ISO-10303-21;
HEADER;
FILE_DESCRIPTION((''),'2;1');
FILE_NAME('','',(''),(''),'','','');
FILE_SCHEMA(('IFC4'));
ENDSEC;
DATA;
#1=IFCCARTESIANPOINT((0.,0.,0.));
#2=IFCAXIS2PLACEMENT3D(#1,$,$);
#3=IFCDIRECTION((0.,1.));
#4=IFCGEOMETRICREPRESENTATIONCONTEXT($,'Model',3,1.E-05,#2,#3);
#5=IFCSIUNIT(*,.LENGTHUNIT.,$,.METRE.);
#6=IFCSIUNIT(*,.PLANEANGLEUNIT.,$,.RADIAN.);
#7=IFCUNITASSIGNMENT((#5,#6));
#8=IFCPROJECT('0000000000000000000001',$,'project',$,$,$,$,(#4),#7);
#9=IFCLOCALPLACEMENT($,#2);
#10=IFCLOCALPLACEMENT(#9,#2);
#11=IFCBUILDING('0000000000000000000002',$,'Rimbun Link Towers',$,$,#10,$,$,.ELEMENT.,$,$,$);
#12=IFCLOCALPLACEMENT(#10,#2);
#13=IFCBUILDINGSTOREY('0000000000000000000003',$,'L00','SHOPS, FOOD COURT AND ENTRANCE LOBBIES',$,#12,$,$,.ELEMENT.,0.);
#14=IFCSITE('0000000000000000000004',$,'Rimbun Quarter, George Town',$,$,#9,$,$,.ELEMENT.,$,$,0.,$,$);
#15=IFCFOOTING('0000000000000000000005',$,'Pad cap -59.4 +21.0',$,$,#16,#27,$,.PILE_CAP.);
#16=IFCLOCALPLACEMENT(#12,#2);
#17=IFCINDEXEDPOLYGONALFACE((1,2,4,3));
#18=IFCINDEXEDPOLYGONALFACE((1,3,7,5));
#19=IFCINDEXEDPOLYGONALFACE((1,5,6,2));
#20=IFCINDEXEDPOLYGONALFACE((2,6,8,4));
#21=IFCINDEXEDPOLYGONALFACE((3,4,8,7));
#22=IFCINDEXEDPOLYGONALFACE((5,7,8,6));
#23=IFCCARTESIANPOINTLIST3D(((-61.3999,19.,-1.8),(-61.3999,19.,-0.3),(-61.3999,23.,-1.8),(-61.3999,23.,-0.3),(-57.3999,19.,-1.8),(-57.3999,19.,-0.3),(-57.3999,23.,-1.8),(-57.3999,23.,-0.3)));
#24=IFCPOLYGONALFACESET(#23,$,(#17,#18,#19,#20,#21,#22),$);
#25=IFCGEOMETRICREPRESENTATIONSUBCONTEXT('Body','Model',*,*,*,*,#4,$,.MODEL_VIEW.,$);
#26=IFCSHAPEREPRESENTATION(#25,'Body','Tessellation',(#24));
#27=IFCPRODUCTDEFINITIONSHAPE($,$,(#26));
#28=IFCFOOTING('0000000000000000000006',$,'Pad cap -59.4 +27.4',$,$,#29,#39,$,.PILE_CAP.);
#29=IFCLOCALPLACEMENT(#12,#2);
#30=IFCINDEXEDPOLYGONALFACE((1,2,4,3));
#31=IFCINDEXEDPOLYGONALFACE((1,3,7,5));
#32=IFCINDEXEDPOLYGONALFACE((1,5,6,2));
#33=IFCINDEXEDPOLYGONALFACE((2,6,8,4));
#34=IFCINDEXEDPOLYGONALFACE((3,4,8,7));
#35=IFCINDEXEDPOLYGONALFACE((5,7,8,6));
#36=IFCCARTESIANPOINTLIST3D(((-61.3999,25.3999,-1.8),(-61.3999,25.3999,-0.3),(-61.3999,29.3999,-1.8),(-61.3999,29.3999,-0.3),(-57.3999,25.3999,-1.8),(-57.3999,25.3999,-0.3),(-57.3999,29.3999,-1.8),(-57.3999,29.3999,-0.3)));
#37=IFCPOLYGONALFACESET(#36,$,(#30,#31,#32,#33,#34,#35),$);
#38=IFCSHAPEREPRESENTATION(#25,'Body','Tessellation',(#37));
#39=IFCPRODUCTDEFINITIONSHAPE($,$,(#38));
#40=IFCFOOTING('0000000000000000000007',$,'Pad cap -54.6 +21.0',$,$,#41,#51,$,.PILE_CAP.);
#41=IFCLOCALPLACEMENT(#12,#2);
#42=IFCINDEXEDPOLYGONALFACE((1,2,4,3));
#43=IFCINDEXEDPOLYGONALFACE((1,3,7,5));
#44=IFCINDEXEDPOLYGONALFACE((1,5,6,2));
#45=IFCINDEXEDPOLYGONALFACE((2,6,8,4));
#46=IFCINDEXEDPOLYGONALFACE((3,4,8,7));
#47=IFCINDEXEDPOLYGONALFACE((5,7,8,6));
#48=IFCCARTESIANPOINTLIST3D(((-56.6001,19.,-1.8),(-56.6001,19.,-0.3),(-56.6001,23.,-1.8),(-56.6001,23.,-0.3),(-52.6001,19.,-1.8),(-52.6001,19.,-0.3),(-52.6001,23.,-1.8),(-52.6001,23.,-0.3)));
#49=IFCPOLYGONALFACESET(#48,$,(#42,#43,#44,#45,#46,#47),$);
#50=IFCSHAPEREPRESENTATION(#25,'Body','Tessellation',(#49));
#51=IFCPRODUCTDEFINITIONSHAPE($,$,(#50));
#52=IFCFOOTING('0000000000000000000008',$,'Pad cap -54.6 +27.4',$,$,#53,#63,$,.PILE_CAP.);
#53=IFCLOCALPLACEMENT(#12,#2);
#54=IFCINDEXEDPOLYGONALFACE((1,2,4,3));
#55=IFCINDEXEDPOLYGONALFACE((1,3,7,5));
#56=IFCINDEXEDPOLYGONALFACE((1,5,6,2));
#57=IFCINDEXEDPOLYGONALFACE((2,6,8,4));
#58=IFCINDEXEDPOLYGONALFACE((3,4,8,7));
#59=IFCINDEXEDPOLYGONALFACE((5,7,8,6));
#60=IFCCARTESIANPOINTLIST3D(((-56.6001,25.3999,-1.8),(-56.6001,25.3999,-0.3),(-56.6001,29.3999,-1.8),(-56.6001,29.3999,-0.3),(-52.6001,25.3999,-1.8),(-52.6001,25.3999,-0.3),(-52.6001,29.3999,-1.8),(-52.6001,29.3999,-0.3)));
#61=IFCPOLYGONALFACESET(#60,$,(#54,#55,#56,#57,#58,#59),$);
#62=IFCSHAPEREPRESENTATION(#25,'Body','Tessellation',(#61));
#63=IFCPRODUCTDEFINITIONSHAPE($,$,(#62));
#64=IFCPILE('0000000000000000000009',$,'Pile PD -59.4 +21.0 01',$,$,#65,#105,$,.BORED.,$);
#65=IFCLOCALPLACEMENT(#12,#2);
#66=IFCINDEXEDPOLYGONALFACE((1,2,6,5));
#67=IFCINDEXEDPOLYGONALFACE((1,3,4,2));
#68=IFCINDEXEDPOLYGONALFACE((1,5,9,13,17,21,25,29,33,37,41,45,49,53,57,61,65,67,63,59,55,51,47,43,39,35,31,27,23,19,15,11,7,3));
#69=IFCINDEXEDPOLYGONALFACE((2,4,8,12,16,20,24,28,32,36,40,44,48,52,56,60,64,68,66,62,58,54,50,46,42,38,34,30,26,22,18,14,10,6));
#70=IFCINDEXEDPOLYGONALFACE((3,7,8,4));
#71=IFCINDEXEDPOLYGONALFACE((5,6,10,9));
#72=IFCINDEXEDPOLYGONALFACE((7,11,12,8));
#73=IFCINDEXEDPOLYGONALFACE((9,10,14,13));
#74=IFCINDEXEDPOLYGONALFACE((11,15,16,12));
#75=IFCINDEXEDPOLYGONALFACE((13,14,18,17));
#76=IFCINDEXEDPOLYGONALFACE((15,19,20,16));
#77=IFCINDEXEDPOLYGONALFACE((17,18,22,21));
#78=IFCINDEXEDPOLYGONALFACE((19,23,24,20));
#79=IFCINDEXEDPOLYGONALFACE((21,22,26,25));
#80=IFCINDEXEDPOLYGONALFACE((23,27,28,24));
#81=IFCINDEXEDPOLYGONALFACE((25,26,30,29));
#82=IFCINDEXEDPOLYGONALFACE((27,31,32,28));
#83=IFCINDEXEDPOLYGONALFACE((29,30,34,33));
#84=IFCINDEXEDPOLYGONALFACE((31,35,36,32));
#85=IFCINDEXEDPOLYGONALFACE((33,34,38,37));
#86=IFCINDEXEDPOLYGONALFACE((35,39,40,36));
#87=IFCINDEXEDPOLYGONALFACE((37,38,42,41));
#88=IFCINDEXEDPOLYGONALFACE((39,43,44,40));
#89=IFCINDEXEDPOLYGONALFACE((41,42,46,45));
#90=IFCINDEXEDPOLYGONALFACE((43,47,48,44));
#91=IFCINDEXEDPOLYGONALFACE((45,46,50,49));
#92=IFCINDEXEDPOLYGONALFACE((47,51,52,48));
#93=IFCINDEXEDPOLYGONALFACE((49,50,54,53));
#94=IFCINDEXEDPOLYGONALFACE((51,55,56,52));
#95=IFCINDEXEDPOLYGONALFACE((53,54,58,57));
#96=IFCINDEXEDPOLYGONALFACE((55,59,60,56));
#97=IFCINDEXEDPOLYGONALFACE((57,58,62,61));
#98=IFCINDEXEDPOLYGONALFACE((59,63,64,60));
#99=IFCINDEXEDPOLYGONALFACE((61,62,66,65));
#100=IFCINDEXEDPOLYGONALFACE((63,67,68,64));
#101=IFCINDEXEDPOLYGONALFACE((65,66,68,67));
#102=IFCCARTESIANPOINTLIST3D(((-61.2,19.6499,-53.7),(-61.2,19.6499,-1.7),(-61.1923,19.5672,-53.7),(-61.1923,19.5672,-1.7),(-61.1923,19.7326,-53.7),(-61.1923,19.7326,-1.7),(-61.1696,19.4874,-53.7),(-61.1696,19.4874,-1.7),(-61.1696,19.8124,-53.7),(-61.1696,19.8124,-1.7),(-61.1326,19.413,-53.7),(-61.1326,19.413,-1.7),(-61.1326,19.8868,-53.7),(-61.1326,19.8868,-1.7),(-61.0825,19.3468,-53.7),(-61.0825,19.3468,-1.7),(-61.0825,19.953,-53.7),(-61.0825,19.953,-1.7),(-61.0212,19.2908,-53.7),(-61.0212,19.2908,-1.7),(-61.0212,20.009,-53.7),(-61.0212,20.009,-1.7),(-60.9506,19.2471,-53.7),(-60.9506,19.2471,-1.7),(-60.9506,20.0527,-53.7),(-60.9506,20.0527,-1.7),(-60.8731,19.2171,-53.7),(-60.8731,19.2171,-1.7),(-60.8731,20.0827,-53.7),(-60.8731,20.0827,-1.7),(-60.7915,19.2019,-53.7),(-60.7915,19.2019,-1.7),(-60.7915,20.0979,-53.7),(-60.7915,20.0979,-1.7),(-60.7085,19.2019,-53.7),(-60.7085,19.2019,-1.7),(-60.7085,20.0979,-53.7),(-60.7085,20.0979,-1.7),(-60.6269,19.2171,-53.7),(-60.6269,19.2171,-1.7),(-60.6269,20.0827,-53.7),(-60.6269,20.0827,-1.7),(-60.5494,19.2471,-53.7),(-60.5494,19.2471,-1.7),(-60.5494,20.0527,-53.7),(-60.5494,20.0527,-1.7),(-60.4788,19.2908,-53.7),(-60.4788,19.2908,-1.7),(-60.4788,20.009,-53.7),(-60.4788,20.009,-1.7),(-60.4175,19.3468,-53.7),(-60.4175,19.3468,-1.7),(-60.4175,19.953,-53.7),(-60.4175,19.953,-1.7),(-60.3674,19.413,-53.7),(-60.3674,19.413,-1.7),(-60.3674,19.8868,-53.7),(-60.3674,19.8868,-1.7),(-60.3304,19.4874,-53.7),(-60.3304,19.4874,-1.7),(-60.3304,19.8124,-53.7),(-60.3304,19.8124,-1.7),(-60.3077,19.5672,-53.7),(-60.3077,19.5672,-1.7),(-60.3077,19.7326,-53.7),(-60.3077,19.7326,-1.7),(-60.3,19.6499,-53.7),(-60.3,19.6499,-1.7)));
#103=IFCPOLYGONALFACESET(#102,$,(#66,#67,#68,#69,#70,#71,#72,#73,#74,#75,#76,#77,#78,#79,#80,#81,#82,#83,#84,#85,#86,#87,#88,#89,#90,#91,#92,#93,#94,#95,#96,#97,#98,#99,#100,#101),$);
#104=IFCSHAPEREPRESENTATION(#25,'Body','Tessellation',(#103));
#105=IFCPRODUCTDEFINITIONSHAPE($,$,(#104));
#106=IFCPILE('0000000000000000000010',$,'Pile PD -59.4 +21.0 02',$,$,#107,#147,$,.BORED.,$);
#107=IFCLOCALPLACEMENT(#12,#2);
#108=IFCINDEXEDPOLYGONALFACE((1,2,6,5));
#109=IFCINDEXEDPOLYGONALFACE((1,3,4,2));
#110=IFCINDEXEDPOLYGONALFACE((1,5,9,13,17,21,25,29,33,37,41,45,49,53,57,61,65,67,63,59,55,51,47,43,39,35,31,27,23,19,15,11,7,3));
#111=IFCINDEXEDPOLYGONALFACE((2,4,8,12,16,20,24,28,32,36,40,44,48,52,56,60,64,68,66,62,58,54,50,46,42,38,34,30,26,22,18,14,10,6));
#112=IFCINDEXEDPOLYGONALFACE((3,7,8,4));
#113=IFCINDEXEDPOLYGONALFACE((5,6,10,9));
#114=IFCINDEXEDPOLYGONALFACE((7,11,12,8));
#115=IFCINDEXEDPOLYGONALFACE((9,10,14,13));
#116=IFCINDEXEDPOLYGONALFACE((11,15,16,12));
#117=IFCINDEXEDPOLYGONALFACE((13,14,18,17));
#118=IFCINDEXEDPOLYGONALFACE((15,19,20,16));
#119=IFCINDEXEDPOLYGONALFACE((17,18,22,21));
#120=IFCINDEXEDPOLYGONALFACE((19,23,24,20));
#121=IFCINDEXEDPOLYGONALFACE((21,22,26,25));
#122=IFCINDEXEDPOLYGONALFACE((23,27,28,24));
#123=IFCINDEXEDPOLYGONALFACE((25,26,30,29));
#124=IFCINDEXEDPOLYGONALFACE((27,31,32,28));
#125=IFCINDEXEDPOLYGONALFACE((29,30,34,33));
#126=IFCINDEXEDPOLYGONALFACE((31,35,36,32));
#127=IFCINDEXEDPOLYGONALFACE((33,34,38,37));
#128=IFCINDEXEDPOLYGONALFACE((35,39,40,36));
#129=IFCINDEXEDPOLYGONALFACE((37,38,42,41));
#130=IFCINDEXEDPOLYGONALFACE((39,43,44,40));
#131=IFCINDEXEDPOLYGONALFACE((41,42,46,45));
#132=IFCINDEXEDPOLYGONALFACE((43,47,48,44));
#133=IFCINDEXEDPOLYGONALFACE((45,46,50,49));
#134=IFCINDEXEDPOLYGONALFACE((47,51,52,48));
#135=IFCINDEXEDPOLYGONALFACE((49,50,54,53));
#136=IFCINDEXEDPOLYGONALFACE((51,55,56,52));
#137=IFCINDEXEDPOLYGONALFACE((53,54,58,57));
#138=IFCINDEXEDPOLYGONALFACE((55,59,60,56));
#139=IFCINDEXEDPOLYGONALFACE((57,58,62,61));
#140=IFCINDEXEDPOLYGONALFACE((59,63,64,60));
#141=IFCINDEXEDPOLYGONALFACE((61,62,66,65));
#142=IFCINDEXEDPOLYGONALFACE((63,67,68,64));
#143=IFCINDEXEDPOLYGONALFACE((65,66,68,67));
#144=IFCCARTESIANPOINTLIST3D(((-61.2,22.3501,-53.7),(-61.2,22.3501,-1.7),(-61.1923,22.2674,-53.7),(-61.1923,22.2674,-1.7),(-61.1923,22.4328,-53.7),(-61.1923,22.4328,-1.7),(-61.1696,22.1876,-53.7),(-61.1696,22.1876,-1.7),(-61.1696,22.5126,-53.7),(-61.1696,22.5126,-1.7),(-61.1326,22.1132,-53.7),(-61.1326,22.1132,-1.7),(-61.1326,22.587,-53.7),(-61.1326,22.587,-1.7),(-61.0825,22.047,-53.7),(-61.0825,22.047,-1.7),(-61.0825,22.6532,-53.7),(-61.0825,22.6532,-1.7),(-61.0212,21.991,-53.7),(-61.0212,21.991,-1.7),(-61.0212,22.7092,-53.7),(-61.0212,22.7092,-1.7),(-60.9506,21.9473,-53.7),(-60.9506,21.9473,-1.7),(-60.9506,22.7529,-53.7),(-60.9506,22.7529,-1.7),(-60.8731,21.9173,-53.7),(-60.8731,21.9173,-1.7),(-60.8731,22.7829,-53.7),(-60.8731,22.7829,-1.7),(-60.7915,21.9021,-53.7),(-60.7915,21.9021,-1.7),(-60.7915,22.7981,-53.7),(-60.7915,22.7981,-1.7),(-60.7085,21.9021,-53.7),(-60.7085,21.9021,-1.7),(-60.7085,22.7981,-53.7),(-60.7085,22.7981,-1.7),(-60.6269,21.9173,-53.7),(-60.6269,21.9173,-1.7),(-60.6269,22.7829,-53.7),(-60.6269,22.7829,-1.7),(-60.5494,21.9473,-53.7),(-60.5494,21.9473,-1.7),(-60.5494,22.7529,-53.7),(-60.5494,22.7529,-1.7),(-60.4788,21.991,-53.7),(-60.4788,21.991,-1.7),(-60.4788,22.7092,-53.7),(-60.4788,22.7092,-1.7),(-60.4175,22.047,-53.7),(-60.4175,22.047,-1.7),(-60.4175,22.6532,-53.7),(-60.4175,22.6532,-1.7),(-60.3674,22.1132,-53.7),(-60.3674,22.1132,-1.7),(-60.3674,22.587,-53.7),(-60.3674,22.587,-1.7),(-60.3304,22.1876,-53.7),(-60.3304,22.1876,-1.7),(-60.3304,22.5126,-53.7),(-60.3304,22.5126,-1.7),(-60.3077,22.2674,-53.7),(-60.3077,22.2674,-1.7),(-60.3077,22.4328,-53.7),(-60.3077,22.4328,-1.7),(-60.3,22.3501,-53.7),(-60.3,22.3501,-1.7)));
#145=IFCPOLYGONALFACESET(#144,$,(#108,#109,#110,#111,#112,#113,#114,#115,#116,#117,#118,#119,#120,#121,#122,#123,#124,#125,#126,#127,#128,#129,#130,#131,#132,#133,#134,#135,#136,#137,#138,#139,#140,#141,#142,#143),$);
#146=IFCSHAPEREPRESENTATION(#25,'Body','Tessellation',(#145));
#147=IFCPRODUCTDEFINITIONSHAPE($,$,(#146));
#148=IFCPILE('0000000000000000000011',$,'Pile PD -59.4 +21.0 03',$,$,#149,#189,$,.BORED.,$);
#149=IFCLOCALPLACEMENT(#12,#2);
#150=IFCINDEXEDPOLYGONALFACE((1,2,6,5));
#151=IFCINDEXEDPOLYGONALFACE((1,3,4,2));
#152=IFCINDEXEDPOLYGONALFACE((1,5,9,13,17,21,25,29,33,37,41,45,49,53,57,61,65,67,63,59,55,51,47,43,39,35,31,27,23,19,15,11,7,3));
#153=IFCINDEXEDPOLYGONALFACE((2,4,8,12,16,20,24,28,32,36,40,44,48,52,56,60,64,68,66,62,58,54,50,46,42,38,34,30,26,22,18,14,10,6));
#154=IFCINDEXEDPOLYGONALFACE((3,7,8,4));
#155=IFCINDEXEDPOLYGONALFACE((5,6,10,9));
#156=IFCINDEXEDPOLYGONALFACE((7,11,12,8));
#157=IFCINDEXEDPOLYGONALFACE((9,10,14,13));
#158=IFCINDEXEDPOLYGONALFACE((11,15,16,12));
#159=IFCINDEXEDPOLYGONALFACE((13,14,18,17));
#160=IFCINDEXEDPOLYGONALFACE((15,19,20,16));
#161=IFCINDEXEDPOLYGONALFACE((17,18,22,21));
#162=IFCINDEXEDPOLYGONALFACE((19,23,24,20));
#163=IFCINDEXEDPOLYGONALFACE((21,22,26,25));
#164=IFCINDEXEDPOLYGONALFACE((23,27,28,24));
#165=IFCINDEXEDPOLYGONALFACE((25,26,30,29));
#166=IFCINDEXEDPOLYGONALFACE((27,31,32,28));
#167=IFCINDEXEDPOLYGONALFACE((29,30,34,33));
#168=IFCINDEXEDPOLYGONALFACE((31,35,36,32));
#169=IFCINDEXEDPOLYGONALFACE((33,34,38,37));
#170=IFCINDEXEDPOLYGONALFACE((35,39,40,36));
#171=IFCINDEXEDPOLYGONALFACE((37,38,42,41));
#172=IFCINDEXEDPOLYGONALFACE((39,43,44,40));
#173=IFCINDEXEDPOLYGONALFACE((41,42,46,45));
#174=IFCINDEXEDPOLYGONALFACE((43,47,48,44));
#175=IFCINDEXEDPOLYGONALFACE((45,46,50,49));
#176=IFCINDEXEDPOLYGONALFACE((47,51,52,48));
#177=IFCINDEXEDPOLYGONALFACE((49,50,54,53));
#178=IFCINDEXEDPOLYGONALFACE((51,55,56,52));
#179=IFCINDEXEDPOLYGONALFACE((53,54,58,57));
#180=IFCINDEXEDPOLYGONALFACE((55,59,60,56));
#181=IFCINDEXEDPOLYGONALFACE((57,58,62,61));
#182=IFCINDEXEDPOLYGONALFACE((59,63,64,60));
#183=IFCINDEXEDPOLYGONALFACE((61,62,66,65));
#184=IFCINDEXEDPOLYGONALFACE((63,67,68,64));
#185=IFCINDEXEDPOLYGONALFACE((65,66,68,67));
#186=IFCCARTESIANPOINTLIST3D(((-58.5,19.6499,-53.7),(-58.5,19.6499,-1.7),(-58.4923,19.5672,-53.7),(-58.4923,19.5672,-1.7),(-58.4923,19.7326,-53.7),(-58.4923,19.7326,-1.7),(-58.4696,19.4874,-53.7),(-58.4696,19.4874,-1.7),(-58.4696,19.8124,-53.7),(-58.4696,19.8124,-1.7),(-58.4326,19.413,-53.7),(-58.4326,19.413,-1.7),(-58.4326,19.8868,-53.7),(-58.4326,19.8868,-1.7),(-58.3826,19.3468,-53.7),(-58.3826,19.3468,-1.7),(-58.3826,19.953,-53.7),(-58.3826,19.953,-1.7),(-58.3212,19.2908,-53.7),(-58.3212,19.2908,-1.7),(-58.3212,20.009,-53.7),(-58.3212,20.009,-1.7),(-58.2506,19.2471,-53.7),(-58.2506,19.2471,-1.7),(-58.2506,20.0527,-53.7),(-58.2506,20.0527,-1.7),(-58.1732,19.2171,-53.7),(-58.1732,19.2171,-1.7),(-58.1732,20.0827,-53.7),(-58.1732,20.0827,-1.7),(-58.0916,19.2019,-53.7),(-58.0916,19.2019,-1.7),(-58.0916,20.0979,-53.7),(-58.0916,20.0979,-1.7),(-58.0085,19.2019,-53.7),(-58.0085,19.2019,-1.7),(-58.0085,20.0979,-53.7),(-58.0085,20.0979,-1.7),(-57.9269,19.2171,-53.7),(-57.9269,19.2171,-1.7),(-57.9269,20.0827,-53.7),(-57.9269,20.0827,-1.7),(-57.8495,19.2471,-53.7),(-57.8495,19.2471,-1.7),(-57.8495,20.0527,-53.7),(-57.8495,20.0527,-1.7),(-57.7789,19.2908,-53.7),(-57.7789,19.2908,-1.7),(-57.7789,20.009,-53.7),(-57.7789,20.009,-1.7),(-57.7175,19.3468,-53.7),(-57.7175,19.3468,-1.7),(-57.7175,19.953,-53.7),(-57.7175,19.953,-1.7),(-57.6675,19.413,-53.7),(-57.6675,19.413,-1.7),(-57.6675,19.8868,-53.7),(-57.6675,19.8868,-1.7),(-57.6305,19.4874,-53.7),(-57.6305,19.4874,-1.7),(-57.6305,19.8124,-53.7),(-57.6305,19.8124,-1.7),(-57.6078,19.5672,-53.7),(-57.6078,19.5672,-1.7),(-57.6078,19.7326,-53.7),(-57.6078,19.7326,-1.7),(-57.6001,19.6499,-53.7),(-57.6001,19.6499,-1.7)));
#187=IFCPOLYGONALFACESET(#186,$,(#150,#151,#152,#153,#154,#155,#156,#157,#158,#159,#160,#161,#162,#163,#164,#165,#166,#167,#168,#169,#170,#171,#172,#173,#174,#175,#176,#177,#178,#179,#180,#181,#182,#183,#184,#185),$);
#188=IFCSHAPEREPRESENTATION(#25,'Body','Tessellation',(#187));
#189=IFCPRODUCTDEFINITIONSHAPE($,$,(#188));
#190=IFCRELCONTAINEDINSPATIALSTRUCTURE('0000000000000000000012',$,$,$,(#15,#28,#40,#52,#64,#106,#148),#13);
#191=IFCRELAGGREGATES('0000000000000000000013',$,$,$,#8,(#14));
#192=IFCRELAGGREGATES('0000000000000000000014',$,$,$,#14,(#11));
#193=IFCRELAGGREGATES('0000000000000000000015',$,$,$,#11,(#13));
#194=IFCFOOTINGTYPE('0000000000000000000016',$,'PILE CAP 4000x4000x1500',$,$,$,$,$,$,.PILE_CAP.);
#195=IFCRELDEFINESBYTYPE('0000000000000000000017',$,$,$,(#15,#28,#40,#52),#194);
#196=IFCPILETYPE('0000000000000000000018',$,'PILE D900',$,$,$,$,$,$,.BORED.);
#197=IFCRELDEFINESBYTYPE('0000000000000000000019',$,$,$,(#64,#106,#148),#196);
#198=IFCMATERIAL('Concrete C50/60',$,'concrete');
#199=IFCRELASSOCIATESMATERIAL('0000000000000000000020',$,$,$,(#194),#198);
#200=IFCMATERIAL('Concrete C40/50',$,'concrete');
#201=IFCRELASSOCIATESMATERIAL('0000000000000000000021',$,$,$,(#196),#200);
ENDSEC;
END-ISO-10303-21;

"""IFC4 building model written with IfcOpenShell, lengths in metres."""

from ifc_helpers import new_model, si_unit, direction, frame, origin, origin_2d, place, context, subcontext, project, spatial, rectangle, circle, extrude, material, material_profile, profile_set, type_object, element, save


model = new_model("IFC4")

# Units and contexts
model_context = context("Model", 3, precision=1e-05, world=origin(), true_north=direction((0.0, 1.0)))
body_context = subcontext(model_context, "Body", "Model", "MODEL_VIEW")
ifc_project = project(units=[si_unit("LENGTHUNIT", "METRE"), si_unit("PLANEANGLEUNIT", "RADIAN")], contexts=[model_context])

# Site, building, storey
site_placement = place(None, origin())
site = spatial("IfcSite", under=ifc_project, at=site_placement, Name="Rimbun Quarter, George Town", CompositionType="ELEMENT", RefElevation=0.0)
building_placement = place(site_placement, origin())
building = spatial("IfcBuilding", under=site, at=building_placement, Name="Rimbun Link Towers", CompositionType="ELEMENT")
storey_placement = place(building_placement, origin())
storey = spatial("IfcBuildingStorey", under=building, at=storey_placement, Name="L00", Description="SHOPS, FOOD COURT AND ENTRANCE LOBBIES", CompositionType="ELEMENT", Elevation=0.0)

# Footings
ifc_material_1 = material(Name="Concrete C50/60", Category="concrete")
footing_type = type_object("IfcFootingType", Name="PILE CAP 4000x4000x1500", PredefinedType="PILE_CAP", material=ifc_material_1)
for number, where, z_axis, x_axis, name in (
    (1, (-59.3999, 21.0, -1.8), (0.0, 0.0, 1.0), (1.0, 0.0, 0.0), "Pad cap -59.4 +21.0"),
    (2, (-59.3999, 27.3999, -1.8), (0.0, 0.0, 1.0), (1.0, 0.0, 0.0), "Pad cap -59.4 +27.4"),
    (3, (-54.6001, 21.0, -1.8), (0.0, 0.0, 1.0), (1.0, 0.0, 0.0), "Pad cap -54.6 +21.0"),
    (4, (-54.6001, 27.3999, -1.8), (0.0, 0.0, 1.0), (1.0, 0.0, 0.0), "Pad cap -54.6 +27.4"),
):
    element("IfcFooting", number, at=place(storey_placement, frame(where, z_axis=z_axis, x_axis=x_axis)), inside=storey, type_object=footing_type, Name=name, PredefinedType="PILE_CAP", context=body_context, shape_type="SweptSolid", body=[
        extrude(rectangle(XDim=4.0, YDim=4.0, at=origin_2d()), origin(), (0.0, 0.0, 1.0), 1.5),
    ])

# Piles
ifc_material_2 = material(Name="Concrete C40/50", Category="concrete")
ifc_material_profile_1 = material_profile(ifc_material_2, circle(Radius=0.45, at=origin_2d()), Name="PILE D900")
ifc_profile_set_1 = profile_set([ifc_material_profile_1], Name="Concrete C40/50")
pile_type = type_object("IfcPileType", Name="PILE D900", PredefinedType="BORED", material=ifc_profile_set_1)
for number, where, z_axis, x_axis, name in (
    (5, (-60.75, 19.6499, -1.7), (0.0, 0.0, -1.0), (1.0, 0.0, 0.0), "Pile PD -59.4 +21.0 01"),
    (6, (-60.75, 22.3501, -1.7), (0.0, 0.0, -1.0), (1.0, 0.0, 0.0), "Pile PD -59.4 +21.0 02"),
    (7, (-58.05, 19.6499, -1.7), (0.0, 0.0, -1.0), (1.0, 0.0, 0.0), "Pile PD -59.4 +21.0 03"),
):
    element("IfcPile", number, at=place(storey_placement, frame(where, z_axis=z_axis, x_axis=x_axis)), inside=storey, type_object=pile_type, Name=name, PredefinedType="BORED", context=body_context, shape_type="SweptSolid", body=[
        extrude(circle(Radius=0.45, at=origin_2d()), origin(), (0.0, 0.0, 1.0), 52.0),
    ])

save(model, "model.ifc")
